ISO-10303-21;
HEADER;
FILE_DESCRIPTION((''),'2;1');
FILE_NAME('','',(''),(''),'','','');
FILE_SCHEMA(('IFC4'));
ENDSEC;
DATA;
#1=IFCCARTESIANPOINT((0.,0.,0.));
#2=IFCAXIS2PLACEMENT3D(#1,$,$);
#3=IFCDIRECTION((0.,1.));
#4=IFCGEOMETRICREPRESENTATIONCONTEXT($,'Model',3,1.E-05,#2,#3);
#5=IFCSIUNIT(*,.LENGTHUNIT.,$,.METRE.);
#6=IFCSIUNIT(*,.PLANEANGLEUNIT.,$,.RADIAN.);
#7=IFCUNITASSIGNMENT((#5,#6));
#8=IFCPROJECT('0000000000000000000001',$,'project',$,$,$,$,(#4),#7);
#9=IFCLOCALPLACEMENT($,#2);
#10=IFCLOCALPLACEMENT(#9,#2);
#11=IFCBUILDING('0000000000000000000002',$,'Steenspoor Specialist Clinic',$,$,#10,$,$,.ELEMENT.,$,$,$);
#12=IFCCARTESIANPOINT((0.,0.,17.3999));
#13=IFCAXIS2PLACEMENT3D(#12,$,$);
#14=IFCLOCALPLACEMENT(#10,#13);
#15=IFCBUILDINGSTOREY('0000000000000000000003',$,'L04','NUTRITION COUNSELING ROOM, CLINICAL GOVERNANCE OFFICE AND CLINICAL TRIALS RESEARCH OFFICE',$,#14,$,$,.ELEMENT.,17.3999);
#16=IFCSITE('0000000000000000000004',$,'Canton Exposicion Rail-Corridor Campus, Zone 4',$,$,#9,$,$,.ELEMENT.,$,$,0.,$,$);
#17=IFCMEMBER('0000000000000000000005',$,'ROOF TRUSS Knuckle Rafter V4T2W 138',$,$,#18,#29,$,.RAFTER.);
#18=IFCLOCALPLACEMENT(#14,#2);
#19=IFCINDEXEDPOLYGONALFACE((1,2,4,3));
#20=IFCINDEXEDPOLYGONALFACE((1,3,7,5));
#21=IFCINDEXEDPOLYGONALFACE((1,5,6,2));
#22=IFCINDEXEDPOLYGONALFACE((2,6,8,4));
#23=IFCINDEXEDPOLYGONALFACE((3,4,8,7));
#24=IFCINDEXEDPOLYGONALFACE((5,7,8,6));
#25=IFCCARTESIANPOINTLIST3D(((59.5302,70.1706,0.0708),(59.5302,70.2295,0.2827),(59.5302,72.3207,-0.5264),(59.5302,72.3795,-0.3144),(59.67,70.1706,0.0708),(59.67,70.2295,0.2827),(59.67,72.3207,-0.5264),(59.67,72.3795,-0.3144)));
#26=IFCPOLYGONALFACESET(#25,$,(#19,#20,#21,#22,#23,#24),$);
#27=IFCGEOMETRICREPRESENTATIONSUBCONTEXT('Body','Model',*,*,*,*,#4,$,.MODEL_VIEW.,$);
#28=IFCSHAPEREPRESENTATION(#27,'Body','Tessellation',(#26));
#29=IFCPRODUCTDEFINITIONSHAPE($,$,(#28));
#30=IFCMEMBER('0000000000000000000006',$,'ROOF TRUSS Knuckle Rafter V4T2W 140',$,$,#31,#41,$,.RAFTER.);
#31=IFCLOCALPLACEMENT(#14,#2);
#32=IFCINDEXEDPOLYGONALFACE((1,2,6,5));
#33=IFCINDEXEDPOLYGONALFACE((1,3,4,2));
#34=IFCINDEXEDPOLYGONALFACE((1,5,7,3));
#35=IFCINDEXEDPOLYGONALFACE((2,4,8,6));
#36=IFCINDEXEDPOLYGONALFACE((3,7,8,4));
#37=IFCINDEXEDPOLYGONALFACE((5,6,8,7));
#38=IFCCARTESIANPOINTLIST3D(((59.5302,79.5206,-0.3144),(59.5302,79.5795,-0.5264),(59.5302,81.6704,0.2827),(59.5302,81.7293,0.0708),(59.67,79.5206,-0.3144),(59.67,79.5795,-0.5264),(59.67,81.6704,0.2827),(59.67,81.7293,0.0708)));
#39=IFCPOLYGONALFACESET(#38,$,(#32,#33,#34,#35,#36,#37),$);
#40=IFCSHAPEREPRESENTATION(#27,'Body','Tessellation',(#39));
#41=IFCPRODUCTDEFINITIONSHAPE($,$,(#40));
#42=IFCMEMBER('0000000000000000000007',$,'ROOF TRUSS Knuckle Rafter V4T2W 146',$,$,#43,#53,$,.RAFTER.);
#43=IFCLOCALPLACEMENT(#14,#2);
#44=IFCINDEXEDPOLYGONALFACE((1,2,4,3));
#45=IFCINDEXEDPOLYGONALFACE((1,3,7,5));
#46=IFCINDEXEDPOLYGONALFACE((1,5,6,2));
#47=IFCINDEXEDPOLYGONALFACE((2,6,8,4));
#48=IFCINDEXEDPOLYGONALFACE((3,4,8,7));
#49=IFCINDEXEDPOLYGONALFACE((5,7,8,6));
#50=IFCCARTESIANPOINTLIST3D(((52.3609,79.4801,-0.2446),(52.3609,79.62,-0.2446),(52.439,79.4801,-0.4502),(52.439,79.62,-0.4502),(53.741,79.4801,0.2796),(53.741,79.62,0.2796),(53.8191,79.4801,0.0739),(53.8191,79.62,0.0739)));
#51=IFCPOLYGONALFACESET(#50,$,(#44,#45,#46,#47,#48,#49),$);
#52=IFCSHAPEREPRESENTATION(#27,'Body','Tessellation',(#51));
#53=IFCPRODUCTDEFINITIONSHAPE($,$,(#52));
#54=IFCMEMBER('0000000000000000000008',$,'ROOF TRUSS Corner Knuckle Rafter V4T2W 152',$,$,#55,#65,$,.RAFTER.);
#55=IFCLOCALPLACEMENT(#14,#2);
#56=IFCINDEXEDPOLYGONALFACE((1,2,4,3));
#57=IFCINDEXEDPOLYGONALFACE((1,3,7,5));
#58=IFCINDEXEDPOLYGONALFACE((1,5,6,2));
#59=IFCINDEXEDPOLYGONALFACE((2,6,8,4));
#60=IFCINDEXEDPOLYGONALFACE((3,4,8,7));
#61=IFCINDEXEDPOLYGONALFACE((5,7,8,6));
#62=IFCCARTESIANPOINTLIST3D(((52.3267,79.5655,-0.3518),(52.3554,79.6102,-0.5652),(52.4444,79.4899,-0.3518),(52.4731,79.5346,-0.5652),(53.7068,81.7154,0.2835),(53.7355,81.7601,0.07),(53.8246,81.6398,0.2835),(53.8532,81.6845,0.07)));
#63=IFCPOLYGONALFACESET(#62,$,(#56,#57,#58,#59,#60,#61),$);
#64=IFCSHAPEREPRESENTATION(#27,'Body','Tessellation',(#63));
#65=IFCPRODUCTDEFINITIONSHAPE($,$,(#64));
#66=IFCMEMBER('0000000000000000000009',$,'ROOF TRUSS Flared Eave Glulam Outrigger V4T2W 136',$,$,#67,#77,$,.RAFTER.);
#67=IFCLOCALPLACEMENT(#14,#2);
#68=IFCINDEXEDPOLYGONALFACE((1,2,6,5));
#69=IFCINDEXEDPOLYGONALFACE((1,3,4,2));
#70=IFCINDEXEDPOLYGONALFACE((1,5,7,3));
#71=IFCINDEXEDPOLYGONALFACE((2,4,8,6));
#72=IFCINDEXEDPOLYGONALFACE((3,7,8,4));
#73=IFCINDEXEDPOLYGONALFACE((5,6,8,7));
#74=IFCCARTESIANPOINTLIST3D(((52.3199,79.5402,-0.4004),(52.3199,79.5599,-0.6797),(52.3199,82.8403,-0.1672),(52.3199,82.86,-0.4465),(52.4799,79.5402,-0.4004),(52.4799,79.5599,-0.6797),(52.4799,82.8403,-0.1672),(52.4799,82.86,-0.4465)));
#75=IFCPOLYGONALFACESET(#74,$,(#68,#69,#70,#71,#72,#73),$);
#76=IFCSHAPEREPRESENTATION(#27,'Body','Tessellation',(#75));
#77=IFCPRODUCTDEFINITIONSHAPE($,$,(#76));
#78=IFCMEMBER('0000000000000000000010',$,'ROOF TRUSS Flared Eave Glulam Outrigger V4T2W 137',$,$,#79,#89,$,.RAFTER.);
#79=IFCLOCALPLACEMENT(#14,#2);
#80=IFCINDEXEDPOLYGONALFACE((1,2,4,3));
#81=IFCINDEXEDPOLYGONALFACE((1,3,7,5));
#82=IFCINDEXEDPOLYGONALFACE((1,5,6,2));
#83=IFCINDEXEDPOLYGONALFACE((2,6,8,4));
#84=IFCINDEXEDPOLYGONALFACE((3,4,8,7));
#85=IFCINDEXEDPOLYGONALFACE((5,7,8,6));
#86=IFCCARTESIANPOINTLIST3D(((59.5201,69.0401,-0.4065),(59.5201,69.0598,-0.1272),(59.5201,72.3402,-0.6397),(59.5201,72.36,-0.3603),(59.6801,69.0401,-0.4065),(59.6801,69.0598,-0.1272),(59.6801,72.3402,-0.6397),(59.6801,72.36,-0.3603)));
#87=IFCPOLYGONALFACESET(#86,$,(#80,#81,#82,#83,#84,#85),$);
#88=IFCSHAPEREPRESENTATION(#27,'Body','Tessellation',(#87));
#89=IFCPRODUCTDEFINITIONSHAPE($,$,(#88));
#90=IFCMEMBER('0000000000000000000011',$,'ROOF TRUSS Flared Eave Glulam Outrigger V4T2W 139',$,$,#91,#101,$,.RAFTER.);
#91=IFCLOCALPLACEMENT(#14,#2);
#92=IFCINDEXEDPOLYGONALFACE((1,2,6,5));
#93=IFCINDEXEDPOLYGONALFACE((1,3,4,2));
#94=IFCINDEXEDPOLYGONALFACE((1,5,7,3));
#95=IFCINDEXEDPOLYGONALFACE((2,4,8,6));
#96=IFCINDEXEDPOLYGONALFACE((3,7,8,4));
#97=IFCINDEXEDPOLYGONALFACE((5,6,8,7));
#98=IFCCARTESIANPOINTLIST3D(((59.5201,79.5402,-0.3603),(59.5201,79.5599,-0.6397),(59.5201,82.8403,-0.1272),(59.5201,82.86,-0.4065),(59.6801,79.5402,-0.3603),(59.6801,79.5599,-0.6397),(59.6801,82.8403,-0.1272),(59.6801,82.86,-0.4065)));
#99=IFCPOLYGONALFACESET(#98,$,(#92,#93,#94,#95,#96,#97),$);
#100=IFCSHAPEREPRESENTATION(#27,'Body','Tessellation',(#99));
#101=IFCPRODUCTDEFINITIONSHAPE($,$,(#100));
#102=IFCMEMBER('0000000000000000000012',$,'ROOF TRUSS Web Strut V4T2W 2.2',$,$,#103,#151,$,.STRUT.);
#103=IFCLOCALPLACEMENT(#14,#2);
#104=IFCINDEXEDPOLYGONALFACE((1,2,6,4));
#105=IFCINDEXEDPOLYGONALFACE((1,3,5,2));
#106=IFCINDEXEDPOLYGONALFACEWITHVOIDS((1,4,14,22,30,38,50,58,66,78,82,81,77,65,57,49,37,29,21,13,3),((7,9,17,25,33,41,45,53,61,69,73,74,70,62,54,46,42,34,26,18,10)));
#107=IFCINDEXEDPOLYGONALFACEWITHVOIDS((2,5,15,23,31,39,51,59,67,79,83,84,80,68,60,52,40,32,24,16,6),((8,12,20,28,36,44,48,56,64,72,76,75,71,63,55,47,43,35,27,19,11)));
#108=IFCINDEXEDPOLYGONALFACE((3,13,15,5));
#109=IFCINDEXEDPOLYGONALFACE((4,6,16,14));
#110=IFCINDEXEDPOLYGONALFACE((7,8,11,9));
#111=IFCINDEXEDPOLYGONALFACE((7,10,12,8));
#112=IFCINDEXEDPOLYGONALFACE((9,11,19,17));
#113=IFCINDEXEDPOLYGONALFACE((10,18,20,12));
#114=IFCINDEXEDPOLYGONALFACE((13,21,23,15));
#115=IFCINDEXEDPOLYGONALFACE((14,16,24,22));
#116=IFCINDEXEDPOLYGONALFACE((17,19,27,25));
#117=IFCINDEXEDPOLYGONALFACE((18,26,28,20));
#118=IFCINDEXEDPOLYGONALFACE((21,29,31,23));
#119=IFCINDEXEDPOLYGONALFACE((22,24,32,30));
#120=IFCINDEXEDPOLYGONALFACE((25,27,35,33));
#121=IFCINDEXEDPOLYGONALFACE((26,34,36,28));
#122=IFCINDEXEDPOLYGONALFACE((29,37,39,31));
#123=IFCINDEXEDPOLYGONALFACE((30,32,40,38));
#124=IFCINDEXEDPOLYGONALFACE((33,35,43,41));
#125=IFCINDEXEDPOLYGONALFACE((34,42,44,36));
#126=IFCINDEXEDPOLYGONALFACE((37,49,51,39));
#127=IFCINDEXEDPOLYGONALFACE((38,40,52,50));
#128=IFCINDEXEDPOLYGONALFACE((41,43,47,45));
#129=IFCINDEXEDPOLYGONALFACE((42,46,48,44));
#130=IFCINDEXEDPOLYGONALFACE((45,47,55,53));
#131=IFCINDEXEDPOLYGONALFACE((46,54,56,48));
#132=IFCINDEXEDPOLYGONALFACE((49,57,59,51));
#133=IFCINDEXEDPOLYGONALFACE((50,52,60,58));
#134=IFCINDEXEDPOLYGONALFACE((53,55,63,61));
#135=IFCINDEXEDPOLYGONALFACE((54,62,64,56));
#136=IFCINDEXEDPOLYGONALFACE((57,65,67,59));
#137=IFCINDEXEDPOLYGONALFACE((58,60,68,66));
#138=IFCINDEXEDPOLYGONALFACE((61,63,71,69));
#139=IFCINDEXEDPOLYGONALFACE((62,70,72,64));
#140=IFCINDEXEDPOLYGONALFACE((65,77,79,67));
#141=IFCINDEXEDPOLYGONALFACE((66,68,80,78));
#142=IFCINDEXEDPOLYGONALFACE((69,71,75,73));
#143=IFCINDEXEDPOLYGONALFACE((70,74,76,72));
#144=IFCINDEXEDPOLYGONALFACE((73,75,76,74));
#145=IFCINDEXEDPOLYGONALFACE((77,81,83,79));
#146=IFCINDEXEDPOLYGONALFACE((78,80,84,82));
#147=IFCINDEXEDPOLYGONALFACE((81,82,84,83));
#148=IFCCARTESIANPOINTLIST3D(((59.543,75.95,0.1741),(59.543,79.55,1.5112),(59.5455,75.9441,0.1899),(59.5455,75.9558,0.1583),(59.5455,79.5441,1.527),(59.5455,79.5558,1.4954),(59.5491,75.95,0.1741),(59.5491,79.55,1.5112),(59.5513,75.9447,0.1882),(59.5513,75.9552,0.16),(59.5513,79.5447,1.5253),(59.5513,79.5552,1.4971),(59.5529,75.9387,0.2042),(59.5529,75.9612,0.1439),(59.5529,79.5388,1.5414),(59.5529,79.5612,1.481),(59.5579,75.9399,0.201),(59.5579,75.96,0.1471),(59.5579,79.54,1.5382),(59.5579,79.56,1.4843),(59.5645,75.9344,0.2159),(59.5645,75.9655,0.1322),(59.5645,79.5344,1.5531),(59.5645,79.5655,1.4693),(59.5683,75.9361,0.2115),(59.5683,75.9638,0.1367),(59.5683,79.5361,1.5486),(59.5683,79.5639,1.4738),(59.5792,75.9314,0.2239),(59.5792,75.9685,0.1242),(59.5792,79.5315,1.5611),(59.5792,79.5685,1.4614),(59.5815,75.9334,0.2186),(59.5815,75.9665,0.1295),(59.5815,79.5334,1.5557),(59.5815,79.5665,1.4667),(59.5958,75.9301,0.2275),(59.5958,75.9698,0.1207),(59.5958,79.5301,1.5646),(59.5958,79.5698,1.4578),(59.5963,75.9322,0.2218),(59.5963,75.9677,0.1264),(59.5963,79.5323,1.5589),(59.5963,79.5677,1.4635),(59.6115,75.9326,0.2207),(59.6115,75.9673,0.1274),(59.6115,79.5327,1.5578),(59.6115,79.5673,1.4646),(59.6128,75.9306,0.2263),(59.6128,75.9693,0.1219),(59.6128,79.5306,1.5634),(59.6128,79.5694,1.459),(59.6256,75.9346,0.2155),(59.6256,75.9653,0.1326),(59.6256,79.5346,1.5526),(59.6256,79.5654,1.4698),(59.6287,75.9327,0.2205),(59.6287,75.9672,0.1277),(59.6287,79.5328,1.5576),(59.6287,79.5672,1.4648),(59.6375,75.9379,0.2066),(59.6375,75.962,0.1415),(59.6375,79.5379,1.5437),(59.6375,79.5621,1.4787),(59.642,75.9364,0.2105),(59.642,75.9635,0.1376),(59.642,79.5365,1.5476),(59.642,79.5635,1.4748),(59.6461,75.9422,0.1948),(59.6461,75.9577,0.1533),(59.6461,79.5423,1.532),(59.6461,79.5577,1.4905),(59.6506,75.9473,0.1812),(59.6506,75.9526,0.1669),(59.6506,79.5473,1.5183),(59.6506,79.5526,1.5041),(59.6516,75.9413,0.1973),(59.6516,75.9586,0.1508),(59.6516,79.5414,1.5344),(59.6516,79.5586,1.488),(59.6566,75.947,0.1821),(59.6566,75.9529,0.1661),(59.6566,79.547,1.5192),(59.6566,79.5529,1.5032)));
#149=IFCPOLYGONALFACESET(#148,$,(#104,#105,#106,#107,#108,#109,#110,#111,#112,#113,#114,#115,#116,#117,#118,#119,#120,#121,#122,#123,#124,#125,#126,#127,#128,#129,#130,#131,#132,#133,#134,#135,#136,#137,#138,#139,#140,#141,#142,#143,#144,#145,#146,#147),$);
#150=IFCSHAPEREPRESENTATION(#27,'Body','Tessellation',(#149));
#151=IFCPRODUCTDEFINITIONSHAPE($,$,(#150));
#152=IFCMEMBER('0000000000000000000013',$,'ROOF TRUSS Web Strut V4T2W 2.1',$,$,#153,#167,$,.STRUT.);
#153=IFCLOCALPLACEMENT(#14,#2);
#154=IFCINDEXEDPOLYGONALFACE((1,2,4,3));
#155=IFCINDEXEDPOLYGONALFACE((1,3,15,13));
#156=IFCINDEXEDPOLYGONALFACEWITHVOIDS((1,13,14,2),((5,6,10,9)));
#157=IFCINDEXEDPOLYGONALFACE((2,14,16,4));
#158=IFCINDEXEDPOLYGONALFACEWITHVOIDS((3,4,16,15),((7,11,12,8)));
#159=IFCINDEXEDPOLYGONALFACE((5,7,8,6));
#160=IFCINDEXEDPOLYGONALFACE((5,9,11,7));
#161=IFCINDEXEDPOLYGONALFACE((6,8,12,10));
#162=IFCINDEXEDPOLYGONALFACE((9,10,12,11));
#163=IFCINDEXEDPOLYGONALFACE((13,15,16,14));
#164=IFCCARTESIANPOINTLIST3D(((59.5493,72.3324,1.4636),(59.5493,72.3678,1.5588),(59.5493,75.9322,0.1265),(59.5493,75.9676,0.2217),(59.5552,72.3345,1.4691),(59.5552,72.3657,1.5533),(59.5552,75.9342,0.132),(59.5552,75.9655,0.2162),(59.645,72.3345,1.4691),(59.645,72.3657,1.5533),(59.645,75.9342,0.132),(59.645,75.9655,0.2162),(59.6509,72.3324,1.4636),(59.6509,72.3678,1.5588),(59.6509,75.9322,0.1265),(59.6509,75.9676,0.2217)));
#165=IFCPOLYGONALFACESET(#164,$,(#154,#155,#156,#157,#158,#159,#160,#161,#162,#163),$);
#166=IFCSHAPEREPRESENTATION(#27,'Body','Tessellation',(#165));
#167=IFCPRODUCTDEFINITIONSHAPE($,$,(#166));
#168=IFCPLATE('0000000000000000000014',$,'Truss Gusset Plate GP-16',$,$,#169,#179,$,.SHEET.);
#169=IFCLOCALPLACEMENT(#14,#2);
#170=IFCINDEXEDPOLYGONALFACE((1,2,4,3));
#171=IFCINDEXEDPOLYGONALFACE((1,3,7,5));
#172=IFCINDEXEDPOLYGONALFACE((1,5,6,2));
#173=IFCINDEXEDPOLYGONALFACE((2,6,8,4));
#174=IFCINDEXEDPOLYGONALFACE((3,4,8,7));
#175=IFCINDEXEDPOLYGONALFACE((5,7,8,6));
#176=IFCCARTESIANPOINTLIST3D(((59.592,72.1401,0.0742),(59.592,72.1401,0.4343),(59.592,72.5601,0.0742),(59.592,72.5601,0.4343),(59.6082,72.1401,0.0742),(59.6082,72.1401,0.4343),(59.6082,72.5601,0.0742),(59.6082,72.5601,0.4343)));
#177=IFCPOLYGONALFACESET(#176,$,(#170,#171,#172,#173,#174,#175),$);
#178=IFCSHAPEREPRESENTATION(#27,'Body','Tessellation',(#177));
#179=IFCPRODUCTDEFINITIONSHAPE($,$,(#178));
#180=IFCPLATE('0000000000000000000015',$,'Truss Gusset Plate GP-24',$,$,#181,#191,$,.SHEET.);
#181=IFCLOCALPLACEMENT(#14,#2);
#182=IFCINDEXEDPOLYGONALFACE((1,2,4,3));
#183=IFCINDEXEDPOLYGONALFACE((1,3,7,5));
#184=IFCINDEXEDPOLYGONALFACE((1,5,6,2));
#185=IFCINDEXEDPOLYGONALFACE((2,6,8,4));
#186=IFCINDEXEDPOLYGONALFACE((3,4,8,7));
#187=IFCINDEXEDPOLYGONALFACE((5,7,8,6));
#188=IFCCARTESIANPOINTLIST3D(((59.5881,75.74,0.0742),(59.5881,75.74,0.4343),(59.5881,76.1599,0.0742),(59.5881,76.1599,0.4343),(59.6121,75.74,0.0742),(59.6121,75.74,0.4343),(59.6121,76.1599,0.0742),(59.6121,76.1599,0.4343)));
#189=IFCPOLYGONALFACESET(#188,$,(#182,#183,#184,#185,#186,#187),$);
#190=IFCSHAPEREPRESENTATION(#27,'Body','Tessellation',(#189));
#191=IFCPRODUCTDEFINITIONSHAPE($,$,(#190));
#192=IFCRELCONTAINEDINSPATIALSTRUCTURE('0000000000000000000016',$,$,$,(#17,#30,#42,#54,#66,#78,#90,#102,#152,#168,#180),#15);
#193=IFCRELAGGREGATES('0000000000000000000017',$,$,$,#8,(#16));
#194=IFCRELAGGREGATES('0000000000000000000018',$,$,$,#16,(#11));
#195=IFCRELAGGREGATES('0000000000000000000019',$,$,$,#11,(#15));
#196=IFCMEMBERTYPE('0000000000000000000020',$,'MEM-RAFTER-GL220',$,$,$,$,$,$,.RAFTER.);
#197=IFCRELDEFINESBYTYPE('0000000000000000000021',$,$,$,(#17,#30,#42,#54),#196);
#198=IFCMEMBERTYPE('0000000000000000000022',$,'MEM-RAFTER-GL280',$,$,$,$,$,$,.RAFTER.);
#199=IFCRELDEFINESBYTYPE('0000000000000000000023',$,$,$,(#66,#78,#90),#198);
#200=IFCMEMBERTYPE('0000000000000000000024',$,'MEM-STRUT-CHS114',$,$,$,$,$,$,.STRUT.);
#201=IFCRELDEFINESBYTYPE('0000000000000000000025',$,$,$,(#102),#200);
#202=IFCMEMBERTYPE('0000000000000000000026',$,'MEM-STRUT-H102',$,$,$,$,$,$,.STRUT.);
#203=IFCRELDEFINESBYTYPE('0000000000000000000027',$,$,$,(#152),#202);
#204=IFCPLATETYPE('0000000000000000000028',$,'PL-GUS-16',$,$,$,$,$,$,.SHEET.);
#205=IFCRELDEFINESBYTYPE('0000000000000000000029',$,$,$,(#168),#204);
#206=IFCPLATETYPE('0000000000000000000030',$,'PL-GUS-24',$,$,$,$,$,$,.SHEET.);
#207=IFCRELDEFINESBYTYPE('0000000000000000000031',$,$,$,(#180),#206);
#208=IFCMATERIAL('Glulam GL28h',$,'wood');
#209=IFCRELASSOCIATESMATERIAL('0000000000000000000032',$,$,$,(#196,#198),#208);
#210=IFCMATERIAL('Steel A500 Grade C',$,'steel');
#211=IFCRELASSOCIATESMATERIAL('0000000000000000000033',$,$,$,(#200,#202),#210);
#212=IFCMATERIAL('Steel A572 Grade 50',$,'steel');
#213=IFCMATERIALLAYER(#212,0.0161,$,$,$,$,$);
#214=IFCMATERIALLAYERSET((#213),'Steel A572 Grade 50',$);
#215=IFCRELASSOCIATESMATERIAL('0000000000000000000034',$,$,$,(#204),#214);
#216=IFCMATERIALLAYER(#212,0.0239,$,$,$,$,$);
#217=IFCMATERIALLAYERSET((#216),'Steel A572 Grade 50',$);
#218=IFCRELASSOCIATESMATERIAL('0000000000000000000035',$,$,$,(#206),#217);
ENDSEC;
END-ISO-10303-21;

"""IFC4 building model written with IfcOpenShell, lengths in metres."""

from ifc_helpers import new_model, si_unit, direction, frame, origin, origin_2d, place, context, subcontext, project, spatial, rectangle, hollow_rectangle, hollow_circle, extrude, material, layer, layer_set, material_profile, profile_set, type_object, element, save


model = new_model("IFC4")

# Units and contexts
model_context = context("Model", 3, precision=1e-05, world=origin(), true_north=direction((0.0, 1.0)))
body_context = subcontext(model_context, "Body", "Model", "MODEL_VIEW")
ifc_project = project(units=[si_unit("LENGTHUNIT", "METRE"), si_unit("PLANEANGLEUNIT", "RADIAN")], contexts=[model_context])

# Site, building, storey
site_placement = place(None, origin())
site = spatial("IfcSite", under=ifc_project, at=site_placement, Name="Canton Exposicion Rail-Corridor Campus, Zone 4", CompositionType="ELEMENT", RefElevation=0.0)
building_placement = place(site_placement, origin())
building = spatial("IfcBuilding", under=site, at=building_placement, Name="Steenspoor Specialist Clinic", CompositionType="ELEMENT")
storey_placement = place(building_placement, frame((0.0, 0.0, 17.3999)))
storey = spatial("IfcBuildingStorey", under=building, at=storey_placement, Name="L04", Description="NUTRITION COUNSELING ROOM, CLINICAL GOVERNANCE OFFICE AND CLINICAL TRIALS RESEARCH OFFICE", CompositionType="ELEMENT", Elevation=17.3999)

# Members
ifc_material_1 = material(Name="Steel A500 Grade C", Category="steel")
ifc_material_2 = material(Name="Glulam GL28h", Category="wood")
ifc_material_profile_1 = material_profile(ifc_material_2, rectangle(XDim=0.1399, YDim=0.22, at=origin_2d()), Name="GL28H-140X220")
ifc_profile_set_1 = profile_set([ifc_material_profile_1], Name="Glulam GL28h")
member_type_1 = type_object("IfcMemberType", Name="MEM-RAFTER-GL220", PredefinedType="RAFTER", material=ifc_profile_set_1)
member_1_placement = place(storey_placement, frame((59.6001, 72.3501, -0.4204), z_axis=(0.0, -0.963529, 0.267604), x_axis=(1.0, 0.0, 0.0)))
element("IfcMember", 1, at=member_1_placement, inside=storey, type_object=member_type_1, Name="ROOF TRUSS Knuckle Rafter V4T2W 138", PredefinedType="RAFTER", context=body_context, shape_type="SweptSolid", body=[
    extrude(rectangle(XDim=0.1399, YDim=0.22, at=origin_2d()), origin(), (0.0, 0.0, 1.0), 2.2314),
])
member_2_placement = place(storey_placement, frame((59.6001, 79.55, -0.4204), z_axis=(0.0, 0.963521, 0.267633), x_axis=(-1.0, 0.0, 0.0)))
element("IfcMember", 2, at=member_2_placement, inside=storey, type_object=member_type_1, Name="ROOF TRUSS Knuckle Rafter V4T2W 140", PredefinedType="RAFTER", context=body_context, shape_type="SweptSolid", body=[
    extrude(rectangle(XDim=0.1399, YDim=0.22, at=origin_2d()), origin(), (0.0, 0.0, 1.0), 2.2312),
])
member_3_placement = place(storey_placement, frame((52.3999, 79.55, -0.3474), z_axis=(0.934846, 0.0, 0.355053), x_axis=(0.0, 1.0, 0.0)))
element("IfcMember", 3, at=member_3_placement, inside=storey, type_object=member_type_1, Name="ROOF TRUSS Knuckle Rafter V4T2W 146", PredefinedType="RAFTER", context=body_context, shape_type="SweptSolid", body=[
    extrude(rectangle(XDim=0.1399, YDim=0.22, at=origin_2d()), origin(), (0.0, 0.0, 1.0), 1.4763),
])
member_4_placement = place(storey_placement, frame((52.3999, 79.55, -0.4585), z_axis=(0.524253, 0.816658, 0.241306), x_axis=(-0.841526, 0.540217, 0.0)))
element("IfcMember", 4, at=member_4_placement, inside=storey, type_object=member_type_1, Name="ROOF TRUSS Corner Knuckle Rafter V4T2W 152", PredefinedType="RAFTER", context=body_context, shape_type="SweptSolid", body=[
    extrude(rectangle(XDim=0.1399, YDim=0.22, at=origin_2d()), origin(), (0.0, 0.0, 1.0), 2.6326),
])
ifc_material_profile_2 = material_profile(ifc_material_2, rectangle(XDim=0.1599, YDim=0.28, at=origin_2d()), Name="GL28H-160X280")
ifc_profile_set_2 = profile_set([ifc_material_profile_2], Name="Glulam GL28h")
member_type_2 = type_object("IfcMemberType", Name="MEM-RAFTER-GL280", PredefinedType="RAFTER", material=ifc_profile_set_2)
for number, where, z_axis, x_axis, name in (
    (5, (52.3999, 79.55, -0.54), (0.0, 0.997513, 0.070476), (-1.0, 0.0, 0.0), "ROOF TRUSS Flared Eave Glulam Outrigger V4T2W 136"),
    (6, (59.6001, 72.3501, -0.5), (0.0, -0.997513, 0.070476), (1.0, 0.0, 0.0), "ROOF TRUSS Flared Eave Glulam Outrigger V4T2W 137"),
    (7, (59.6001, 79.55, -0.5), (0.0, 0.997513, 0.070476), (-1.0, 0.0, 0.0), "ROOF TRUSS Flared Eave Glulam Outrigger V4T2W 139"),
):
    element("IfcMember", number, at=place(storey_placement, frame(where, z_axis=z_axis, x_axis=x_axis)), inside=storey, type_object=member_type_2, Name=name, PredefinedType="RAFTER", context=body_context, shape_type="SweptSolid", body=[
        extrude(rectangle(XDim=0.1599, YDim=0.28, at=origin_2d()), origin(), (0.0, 0.0, 1.0), 3.3083),
    ])
ifc_material_profile_3 = material_profile(ifc_material_1, hollow_circle(Radius=0.0571, WallThickness=0.0061, at=origin_2d()), Name="CHS114X6.0")
ifc_profile_set_3 = profile_set([ifc_material_profile_3], Name="Steel A500 Grade C")
member_type_3 = type_object("IfcMemberType", Name="MEM-STRUT-CHS114", PredefinedType="STRUT", material=ifc_profile_set_3)
member_5_placement = place(storey_placement, frame((59.6001, 75.95, 0.1741), z_axis=(0.0, 0.937427, 0.348182), x_axis=(-1.0, 0.0, 0.0)))
element("IfcMember", 8, at=member_5_placement, inside=storey, type_object=member_type_3, Name="ROOF TRUSS Web Strut V4T2W 2.2", PredefinedType="STRUT", context=body_context, shape_type="SweptSolid", body=[
    extrude(hollow_circle(Radius=0.0571, WallThickness=0.0061, at=origin_2d()), origin(), (0.0, 0.0, 1.0), 3.8403),
])
ifc_material_profile_4 = material_profile(ifc_material_1, hollow_rectangle(XDim=0.1016, YDim=0.1016, WallThickness=0.0059, at=origin_2d()), Name="HSS102X102X6.4")
ifc_profile_set_4 = profile_set([ifc_material_profile_4], Name="Steel A500 Grade C")
member_type_4 = type_object("IfcMemberType", Name="MEM-STRUT-H102", PredefinedType="STRUT", material=ifc_profile_set_4)
member_6_placement = place(storey_placement, frame((59.6001, 72.3501, 1.5112), z_axis=(0.0, 0.937419, -0.348202), x_axis=(-1.0, 0.0, 0.0)))
element("IfcMember", 9, at=member_6_placement, inside=storey, type_object=member_type_4, Name="ROOF TRUSS Web Strut V4T2W 2.1", PredefinedType="STRUT", context=body_context, shape_type="SweptSolid", body=[
    extrude(hollow_rectangle(XDim=0.1016, YDim=0.1016, WallThickness=0.0059, at=origin_2d()), origin(), (0.0, 0.0, 1.0), 3.8401),
])

# Plates
ifc_material_3 = material(Name="Steel A572 Grade 50", Category="steel")
ifc_layer_1 = layer(ifc_material_3, 0.0161)
ifc_layer_set_1 = layer_set([ifc_layer_1], Name="Steel A572 Grade 50")
plate_type_1 = type_object("IfcPlateType", Name="PL-GUS-16", PredefinedType="SHEET", material=ifc_layer_set_1)
plate_1_placement = place(storey_placement, frame((59.6001, 72.3501, 0.0742), z_axis=(0.0, 0.0, 1.0), x_axis=(1.0, 0.0, 0.0)))
element("IfcPlate", 10, at=plate_1_placement, inside=storey, type_object=plate_type_1, Name="Truss Gusset Plate GP-16", PredefinedType="SHEET", context=body_context, shape_type="SweptSolid", body=[
    extrude(rectangle(XDim=0.0161, YDim=0.4199, at=origin_2d()), origin(), (0.0, 0.0, 1.0), 0.3601),
])
ifc_layer_2 = layer(ifc_material_3, 0.0239)
ifc_layer_set_2 = layer_set([ifc_layer_2], Name="Steel A572 Grade 50")
plate_type_2 = type_object("IfcPlateType", Name="PL-GUS-24", PredefinedType="SHEET", material=ifc_layer_set_2)
plate_2_placement = place(storey_placement, frame((59.6001, 75.95, 0.0742), z_axis=(0.0, 0.0, 1.0), x_axis=(1.0, 0.0, 0.0)))
element("IfcPlate", 11, at=plate_2_placement, inside=storey, type_object=plate_type_2, Name="Truss Gusset Plate GP-24", PredefinedType="SHEET", context=body_context, shape_type="SweptSolid", body=[
    extrude(rectangle(XDim=0.0239, YDim=0.4199, at=origin_2d()), origin(), (0.0, 0.0, 1.0), 0.3601),
])

save(model, "model.ifc")
